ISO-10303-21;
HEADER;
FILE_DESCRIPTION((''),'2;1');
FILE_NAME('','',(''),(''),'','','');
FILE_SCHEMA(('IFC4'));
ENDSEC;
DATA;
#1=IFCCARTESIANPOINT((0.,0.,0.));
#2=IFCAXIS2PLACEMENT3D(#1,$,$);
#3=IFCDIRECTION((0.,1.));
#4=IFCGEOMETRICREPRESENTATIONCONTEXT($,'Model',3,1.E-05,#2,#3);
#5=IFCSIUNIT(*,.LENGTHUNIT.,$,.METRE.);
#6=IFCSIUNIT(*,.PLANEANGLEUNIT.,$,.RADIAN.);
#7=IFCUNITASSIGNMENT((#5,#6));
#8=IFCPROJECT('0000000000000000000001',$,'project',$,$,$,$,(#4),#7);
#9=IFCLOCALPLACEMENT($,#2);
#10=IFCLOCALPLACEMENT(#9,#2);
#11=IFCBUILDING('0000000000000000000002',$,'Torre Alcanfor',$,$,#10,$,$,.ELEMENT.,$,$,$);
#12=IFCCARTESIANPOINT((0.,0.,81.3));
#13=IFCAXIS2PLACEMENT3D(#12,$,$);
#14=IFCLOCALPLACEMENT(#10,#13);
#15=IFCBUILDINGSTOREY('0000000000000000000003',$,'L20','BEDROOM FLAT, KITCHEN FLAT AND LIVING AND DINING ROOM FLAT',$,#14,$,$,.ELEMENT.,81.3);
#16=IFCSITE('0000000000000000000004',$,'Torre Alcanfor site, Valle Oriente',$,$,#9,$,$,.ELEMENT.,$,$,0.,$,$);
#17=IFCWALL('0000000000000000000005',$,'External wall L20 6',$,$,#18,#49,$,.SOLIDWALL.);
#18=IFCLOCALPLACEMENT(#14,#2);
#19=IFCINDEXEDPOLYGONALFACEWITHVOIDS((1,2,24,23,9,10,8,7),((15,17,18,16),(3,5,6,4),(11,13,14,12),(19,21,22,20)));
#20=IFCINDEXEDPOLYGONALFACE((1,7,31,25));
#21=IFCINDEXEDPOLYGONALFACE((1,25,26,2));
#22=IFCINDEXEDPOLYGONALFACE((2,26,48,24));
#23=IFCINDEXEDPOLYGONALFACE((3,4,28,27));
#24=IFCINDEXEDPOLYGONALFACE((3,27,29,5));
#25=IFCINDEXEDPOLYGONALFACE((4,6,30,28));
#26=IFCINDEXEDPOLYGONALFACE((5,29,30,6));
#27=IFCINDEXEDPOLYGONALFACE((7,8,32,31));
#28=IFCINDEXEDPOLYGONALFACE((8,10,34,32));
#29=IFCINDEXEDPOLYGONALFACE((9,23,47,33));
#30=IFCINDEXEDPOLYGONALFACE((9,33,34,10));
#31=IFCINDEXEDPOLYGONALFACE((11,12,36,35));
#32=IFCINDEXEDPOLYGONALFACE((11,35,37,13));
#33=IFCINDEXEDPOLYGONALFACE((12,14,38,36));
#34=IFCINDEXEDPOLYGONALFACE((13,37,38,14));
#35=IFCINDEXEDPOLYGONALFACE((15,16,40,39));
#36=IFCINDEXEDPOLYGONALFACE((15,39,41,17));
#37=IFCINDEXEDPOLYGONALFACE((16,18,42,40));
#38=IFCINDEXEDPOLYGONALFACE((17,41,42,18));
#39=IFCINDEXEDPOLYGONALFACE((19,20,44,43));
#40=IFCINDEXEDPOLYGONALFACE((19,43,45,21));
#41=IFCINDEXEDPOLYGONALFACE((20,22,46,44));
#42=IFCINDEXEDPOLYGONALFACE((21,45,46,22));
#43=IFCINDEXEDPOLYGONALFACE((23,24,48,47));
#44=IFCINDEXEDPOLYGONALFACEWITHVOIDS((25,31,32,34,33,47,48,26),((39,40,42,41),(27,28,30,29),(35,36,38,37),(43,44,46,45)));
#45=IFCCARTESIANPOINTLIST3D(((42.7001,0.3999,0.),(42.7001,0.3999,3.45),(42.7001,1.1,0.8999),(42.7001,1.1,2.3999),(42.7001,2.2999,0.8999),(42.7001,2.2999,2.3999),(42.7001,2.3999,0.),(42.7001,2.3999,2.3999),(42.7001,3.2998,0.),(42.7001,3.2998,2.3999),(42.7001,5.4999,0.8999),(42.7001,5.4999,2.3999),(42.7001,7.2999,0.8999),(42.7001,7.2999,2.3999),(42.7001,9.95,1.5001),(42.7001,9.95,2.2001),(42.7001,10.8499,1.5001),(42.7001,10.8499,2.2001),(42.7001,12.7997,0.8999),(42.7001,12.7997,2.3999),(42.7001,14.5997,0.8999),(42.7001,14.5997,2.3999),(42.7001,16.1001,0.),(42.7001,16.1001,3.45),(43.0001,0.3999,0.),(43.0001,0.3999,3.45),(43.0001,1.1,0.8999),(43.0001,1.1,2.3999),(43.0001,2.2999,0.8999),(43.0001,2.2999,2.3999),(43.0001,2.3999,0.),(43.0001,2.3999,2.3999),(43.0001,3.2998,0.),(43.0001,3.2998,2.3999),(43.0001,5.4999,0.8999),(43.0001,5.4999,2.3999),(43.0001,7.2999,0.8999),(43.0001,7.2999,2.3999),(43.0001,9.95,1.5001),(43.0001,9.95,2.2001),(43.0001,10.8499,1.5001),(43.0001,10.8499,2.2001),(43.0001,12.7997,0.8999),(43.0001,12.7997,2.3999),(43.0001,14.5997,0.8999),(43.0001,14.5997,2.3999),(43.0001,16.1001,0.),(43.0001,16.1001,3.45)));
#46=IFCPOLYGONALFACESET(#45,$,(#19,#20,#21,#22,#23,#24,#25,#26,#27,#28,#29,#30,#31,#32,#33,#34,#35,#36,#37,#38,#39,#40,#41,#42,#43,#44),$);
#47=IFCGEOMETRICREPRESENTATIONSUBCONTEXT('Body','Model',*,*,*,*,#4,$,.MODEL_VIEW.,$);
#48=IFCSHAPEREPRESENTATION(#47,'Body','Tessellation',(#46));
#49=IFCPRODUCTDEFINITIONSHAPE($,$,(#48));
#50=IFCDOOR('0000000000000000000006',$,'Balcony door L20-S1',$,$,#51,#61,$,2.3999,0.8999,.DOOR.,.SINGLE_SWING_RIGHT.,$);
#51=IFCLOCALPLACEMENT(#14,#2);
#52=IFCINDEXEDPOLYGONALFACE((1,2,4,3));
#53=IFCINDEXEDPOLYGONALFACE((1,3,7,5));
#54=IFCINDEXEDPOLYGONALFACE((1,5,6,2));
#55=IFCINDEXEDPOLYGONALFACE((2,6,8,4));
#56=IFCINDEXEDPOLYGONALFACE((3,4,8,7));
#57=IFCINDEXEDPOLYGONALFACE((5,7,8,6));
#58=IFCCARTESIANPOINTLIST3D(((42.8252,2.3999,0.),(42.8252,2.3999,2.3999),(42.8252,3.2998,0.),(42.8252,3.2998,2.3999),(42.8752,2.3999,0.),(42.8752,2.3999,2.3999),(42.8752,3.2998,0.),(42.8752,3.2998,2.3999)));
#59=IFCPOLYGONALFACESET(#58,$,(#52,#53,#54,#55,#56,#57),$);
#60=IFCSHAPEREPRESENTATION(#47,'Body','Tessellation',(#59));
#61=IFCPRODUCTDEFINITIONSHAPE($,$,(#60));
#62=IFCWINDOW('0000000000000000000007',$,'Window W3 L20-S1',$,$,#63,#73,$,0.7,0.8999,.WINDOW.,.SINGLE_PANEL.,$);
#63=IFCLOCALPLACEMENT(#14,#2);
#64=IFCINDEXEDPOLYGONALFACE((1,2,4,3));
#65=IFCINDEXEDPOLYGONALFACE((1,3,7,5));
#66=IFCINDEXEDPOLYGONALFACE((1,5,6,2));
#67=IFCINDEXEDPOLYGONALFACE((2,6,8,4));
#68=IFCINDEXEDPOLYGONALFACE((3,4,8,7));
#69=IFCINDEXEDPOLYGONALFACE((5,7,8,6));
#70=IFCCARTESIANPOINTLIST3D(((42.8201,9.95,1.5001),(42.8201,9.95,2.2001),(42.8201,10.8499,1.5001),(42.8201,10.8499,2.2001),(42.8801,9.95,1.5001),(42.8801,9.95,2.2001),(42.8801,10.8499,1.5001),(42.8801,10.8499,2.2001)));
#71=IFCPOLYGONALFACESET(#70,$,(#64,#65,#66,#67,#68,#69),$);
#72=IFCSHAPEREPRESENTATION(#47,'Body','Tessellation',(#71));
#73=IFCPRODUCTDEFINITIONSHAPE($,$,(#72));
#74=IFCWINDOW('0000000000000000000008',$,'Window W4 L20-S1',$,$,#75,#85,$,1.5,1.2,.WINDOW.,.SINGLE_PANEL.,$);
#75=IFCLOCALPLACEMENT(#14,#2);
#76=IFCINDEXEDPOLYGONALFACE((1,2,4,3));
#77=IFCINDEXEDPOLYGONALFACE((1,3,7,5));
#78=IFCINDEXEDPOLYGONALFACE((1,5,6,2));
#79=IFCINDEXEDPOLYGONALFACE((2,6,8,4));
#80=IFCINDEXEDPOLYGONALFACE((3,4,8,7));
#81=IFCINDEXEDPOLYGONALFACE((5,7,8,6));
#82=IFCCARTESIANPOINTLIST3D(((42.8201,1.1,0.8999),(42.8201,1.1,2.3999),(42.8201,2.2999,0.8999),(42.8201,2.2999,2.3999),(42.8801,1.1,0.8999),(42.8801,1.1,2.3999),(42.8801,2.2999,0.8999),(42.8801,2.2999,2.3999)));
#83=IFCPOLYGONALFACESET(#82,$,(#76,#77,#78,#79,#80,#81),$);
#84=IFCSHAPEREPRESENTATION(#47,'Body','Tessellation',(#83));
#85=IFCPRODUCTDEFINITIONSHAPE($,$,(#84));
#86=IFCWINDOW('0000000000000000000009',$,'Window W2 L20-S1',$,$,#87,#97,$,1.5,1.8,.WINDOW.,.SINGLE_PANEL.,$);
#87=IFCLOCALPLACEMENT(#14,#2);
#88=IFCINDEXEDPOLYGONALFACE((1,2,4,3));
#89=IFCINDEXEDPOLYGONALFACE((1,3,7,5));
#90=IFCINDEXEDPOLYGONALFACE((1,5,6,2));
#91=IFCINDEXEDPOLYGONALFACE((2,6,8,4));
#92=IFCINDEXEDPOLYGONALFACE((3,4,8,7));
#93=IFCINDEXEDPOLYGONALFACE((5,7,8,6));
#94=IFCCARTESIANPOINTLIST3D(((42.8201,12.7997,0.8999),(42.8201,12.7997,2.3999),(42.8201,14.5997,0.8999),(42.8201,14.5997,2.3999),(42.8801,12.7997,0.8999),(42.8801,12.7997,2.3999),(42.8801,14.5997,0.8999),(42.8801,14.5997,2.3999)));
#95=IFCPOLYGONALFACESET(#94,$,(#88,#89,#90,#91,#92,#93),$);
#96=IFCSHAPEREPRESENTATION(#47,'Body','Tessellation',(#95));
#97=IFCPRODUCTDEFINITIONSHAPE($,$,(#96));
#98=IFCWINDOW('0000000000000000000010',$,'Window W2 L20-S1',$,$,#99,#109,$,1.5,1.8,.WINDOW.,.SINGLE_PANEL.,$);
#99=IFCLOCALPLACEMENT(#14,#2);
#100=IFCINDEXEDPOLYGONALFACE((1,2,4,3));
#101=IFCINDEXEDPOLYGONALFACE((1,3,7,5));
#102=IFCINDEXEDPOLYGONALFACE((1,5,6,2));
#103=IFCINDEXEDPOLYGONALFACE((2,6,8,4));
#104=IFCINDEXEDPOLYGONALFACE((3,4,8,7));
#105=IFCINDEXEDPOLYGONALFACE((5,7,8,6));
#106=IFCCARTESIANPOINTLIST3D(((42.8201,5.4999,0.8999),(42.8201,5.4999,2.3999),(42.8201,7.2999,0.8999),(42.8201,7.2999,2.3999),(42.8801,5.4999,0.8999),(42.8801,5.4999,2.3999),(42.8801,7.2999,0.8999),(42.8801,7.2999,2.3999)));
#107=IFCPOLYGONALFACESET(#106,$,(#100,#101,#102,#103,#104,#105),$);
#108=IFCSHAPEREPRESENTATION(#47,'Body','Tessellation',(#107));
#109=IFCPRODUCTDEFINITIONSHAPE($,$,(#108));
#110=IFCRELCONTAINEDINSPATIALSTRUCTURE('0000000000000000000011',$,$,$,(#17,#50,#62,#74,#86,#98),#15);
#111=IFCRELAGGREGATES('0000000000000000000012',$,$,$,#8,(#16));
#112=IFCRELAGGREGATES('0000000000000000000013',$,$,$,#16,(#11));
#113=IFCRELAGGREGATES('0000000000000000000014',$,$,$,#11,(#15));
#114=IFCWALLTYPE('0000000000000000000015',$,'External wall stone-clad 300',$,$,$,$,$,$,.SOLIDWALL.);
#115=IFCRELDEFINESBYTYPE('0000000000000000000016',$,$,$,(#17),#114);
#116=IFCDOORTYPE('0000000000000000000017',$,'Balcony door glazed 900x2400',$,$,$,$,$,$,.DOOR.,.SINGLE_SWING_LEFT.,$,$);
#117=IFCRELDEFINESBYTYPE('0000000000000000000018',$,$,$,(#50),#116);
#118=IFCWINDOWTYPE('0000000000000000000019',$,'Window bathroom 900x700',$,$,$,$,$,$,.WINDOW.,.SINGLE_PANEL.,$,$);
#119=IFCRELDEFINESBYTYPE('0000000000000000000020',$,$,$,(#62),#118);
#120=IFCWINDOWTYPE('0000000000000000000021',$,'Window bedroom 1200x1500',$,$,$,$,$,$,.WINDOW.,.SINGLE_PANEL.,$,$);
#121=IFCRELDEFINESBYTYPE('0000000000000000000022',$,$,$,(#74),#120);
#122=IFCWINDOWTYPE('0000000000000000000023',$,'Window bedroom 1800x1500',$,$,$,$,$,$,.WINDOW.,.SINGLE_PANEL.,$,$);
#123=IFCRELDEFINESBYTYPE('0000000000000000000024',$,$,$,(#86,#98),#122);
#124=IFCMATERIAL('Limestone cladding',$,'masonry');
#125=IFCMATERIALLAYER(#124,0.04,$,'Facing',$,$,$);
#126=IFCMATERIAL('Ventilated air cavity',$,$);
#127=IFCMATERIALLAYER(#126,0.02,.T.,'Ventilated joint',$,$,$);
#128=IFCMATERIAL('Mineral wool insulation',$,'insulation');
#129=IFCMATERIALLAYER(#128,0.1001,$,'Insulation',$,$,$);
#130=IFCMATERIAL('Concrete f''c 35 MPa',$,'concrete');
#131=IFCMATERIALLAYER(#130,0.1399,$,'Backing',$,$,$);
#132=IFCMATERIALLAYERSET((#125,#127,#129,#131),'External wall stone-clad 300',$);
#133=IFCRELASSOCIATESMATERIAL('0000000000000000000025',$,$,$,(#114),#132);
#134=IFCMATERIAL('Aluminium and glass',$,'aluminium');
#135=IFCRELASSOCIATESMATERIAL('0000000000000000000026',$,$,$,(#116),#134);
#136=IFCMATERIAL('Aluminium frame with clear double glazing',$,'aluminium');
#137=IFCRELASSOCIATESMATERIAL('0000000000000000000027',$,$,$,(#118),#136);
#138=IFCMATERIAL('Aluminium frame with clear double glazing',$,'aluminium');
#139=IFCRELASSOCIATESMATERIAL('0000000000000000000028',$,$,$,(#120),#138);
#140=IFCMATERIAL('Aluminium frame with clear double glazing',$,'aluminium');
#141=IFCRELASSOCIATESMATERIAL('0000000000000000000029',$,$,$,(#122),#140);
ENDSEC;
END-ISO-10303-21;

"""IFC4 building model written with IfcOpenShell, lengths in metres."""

from ifc_helpers import new_model, si_unit, direction, frame, frame_2d, origin, place, context, subcontext, project, spatial, rectangle, extrude, material, layer, layer_set, type_object, element, fill, save


model = new_model("IFC4")

# Units and contexts
model_context = context("Model", 3, precision=1e-05, world=origin(), true_north=direction((0.0, 1.0)))
body_context = subcontext(model_context, "Body", "Model", "MODEL_VIEW")
ifc_project = project(units=[si_unit("LENGTHUNIT", "METRE"), si_unit("PLANEANGLEUNIT", "RADIAN")], contexts=[model_context])

# Site, building, storey
site_placement = place(None, origin())
site = spatial("IfcSite", under=ifc_project, at=site_placement, Name="Torre Alcanfor site, Valle Oriente", CompositionType="ELEMENT", RefElevation=0.0)
building_placement = place(site_placement, origin())
building = spatial("IfcBuilding", under=site, at=building_placement, Name="Torre Alcanfor", CompositionType="ELEMENT")
storey_placement = place(building_placement, frame((0.0, 0.0, 81.3)))
storey = spatial("IfcBuildingStorey", under=building, at=storey_placement, Name="L20", Description="BEDROOM FLAT, KITCHEN FLAT AND LIVING AND DINING ROOM FLAT", CompositionType="ELEMENT", Elevation=81.3)

# Wall, openings, door, windows
ifc_material_1 = material(Name="Limestone cladding", Category="masonry")
ifc_layer_1 = layer(ifc_material_1, 0.04, Name="Facing")
ifc_material_2 = material(Name="Ventilated air cavity")
ifc_layer_2 = layer(ifc_material_2, 0.02, ventilated=True, Name="Ventilated joint")
ifc_material_3 = material(Name="Mineral wool insulation", Category="insulation")
ifc_layer_3 = layer(ifc_material_3, 0.1001, Name="Insulation")
ifc_material_4 = material(Name="Concrete f'c 35 MPa", Category="concrete")
ifc_layer_4 = layer(ifc_material_4, 0.1399, Name="Backing")
ifc_layer_set_1 = layer_set([ifc_layer_1, ifc_layer_2, ifc_layer_3, ifc_layer_4], Name="External wall stone-clad 300")
wall_type_1 = type_object("IfcWallType", Name="External wall stone-clad 300", PredefinedType="SOLIDWALL", material=ifc_layer_set_1)
wall_1_placement = place(storey_placement, frame((42.8501, 0.3999, 0.0), z_axis=(0.0, 0.0, 1.0), x_axis=(0.0, 1.0, 0.0)))
wall_1 = element("IfcWall", 1, at=wall_1_placement, inside=storey, type_object=wall_type_1, Name="External wall L20 6", PredefinedType="SOLIDWALL", context=body_context, shape_type="SweptSolid", body=[
    extrude(rectangle(XDim=15.7002, YDim=0.3, at=frame_2d((7.8501, 0.0))), origin(), (0.0, 0.0, 1.0), 3.45),
])
opening_1_placement = place(wall_1_placement, frame((12.3999, 0.0, 0.8999)))
opening_1 = element("IfcOpeningElement", 2, at=opening_1_placement, cuts=wall_1, PredefinedType="OPENING", context=body_context, shape_type="SweptSolid", body=[
    extrude(rectangle(XDim=1.8, YDim=1.5, at=frame_2d((0.8999, 0.75))), frame((0.0, 0.1599, 0.0), z_axis=(0.0, -1.0, 0.0), x_axis=(1.0, 0.0, 0.0)), (0.0, 0.0, 1.0), 0.3201),
])
opening_2_placement = place(wall_1_placement, frame((9.55, 0.0, 1.5)))
opening_2 = element("IfcOpeningElement", 3, at=opening_2_placement, cuts=wall_1, PredefinedType="OPENING", context=body_context, shape_type="SweptSolid", body=[
    extrude(rectangle(XDim=0.8999, YDim=0.7, at=frame_2d((0.45, 0.3501))), frame((0.0, 0.1599, 0.0), z_axis=(0.0, -1.0, 0.0), x_axis=(1.0, 0.0, 0.0)), (0.0, 0.0, 1.0), 0.3201),
])
opening_3_placement = place(wall_1_placement, frame((5.1001, 0.0, 0.8999)))
opening_3 = element("IfcOpeningElement", 4, at=opening_3_placement, cuts=wall_1, PredefinedType="OPENING", context=body_context, shape_type="SweptSolid", body=[
    extrude(rectangle(XDim=1.8, YDim=1.5, at=frame_2d((0.8999, 0.75))), frame((0.0, 0.1599, 0.0), z_axis=(0.0, -1.0, 0.0), x_axis=(1.0, 0.0, 0.0)), (0.0, 0.0, 1.0), 0.3201),
])
opening_4_placement = place(wall_1_placement, frame((2.0, 0.0, 0.0)))
opening_4 = element("IfcOpeningElement", 5, at=opening_4_placement, cuts=wall_1, PredefinedType="OPENING", context=body_context, shape_type="SweptSolid", body=[
    extrude(rectangle(XDim=0.8999, YDim=2.3999, at=frame_2d((0.45, 1.2))), frame((0.0, 0.1599, 0.0), z_axis=(0.0, -1.0, 0.0), x_axis=(1.0, 0.0, 0.0)), (0.0, 0.0, 1.0), 0.3201),
])
opening_5_placement = place(wall_1_placement, frame((0.7, 0.0, 0.8999)))
opening_5 = element("IfcOpeningElement", 6, at=opening_5_placement, cuts=wall_1, PredefinedType="OPENING", context=body_context, shape_type="SweptSolid", body=[
    extrude(rectangle(XDim=1.2, YDim=1.5, at=frame_2d((0.6001, 0.75))), frame((0.0, 0.1599, 0.0), z_axis=(0.0, -1.0, 0.0), x_axis=(1.0, 0.0, 0.0)), (0.0, 0.0, 1.0), 0.3201),
])
ifc_material_5 = material(Name="Aluminium and glass", Category="aluminium")
door_type = type_object("IfcDoorType", Name="Balcony door glazed 900x2400", OperationType="SINGLE_SWING_LEFT", PredefinedType="DOOR", material=ifc_material_5)
door_1_placement = place(opening_4_placement, origin())
door_1 = element("IfcDoor", 7, at=door_1_placement, inside=storey, type_object=door_type, Name="Balcony door L20-S1", OperationType="SINGLE_SWING_RIGHT", OverallHeight=2.3999, OverallWidth=0.8999, PredefinedType="DOOR", context=body_context, shape_type="SweptSolid", body=[
    extrude(rectangle(XDim=0.8999, YDim=2.3999, at=frame_2d((0.45, 1.2))), frame((0.0, 0.0249, 0.0), z_axis=(0.0, -1.0, 0.0), x_axis=(1.0, 0.0, 0.0)), (0.0, 0.0, 1.0), 0.05),
])
fill(opening_4, door_1)
ifc_material_6 = material(Name="Aluminium frame with clear double glazing", Category="aluminium")
window_type_1 = type_object("IfcWindowType", Name="Window bathroom 900x700", PartitioningType="SINGLE_PANEL", PredefinedType="WINDOW", material=ifc_material_6)
window_1_placement = place(opening_2_placement, origin())
window_1 = element("IfcWindow", 8, at=window_1_placement, inside=storey, type_object=window_type_1, Name="Window W3 L20-S1", OverallHeight=0.7, OverallWidth=0.8999, PartitioningType="SINGLE_PANEL", PredefinedType="WINDOW", context=body_context, shape_type="SweptSolid", body=[
    extrude(rectangle(XDim=0.8999, YDim=0.7, at=frame_2d((0.45, 0.3501))), frame((0.0, 0.03, 0.0), z_axis=(0.0, -1.0, 0.0), x_axis=(1.0, 0.0, 0.0)), (0.0, 0.0, 1.0), 0.0601),
])
fill(opening_2, window_1)
ifc_material_7 = material(Name="Aluminium frame with clear double glazing", Category="aluminium")
window_type_2 = type_object("IfcWindowType", Name="Window bedroom 1200x1500", PartitioningType="SINGLE_PANEL", PredefinedType="WINDOW", material=ifc_material_7)
window_2_placement = place(opening_5_placement, origin())
window_2 = element("IfcWindow", 9, at=window_2_placement, inside=storey, type_object=window_type_2, Name="Window W4 L20-S1", OverallHeight=1.5, OverallWidth=1.2, PartitioningType="SINGLE_PANEL", PredefinedType="WINDOW", context=body_context, shape_type="SweptSolid", body=[
    extrude(rectangle(XDim=1.2, YDim=1.5, at=frame_2d((0.6001, 0.75))), frame((0.0, 0.03, 0.0), z_axis=(0.0, -1.0, 0.0), x_axis=(1.0, 0.0, 0.0)), (0.0, 0.0, 1.0), 0.0601),
])
fill(opening_5, window_2)
ifc_material_8 = material(Name="Aluminium frame with clear double glazing", Category="aluminium")
window_type_3 = type_object("IfcWindowType", Name="Window bedroom 1800x1500", PartitioningType="SINGLE_PANEL", PredefinedType="WINDOW", material=ifc_material_8)
window_3_placement = place(opening_1_placement, origin())
window_3 = element("IfcWindow", 10, at=window_3_placement, inside=storey, type_object=window_type_3, Name="Window W2 L20-S1", OverallHeight=1.5, OverallWidth=1.8, PartitioningType="SINGLE_PANEL", PredefinedType="WINDOW", context=body_context, shape_type="SweptSolid", body=[
    extrude(rectangle(XDim=1.8, YDim=1.5, at=frame_2d((0.8999, 0.75))), frame((0.0, 0.03, 0.0), z_axis=(0.0, -1.0, 0.0), x_axis=(1.0, 0.0, 0.0)), (0.0, 0.0, 1.0), 0.0601),
])
fill(opening_1, window_3)
window_4_placement = place(opening_3_placement, origin())
window_4 = element("IfcWindow", 11, at=window_4_placement, inside=storey, type_object=window_type_3, Name="Window W2 L20-S1", OverallHeight=1.5, OverallWidth=1.8, PartitioningType="SINGLE_PANEL", PredefinedType="WINDOW", context=body_context, shape_type="SweptSolid", body=[
    extrude(rectangle(XDim=1.8, YDim=1.5, at=frame_2d((0.8999, 0.75))), frame((0.0, 0.03, 0.0), z_axis=(0.0, -1.0, 0.0), x_axis=(1.0, 0.0, 0.0)), (0.0, 0.0, 1.0), 0.0601),
])
fill(opening_3, window_4)

save(model, "model.ifc")
